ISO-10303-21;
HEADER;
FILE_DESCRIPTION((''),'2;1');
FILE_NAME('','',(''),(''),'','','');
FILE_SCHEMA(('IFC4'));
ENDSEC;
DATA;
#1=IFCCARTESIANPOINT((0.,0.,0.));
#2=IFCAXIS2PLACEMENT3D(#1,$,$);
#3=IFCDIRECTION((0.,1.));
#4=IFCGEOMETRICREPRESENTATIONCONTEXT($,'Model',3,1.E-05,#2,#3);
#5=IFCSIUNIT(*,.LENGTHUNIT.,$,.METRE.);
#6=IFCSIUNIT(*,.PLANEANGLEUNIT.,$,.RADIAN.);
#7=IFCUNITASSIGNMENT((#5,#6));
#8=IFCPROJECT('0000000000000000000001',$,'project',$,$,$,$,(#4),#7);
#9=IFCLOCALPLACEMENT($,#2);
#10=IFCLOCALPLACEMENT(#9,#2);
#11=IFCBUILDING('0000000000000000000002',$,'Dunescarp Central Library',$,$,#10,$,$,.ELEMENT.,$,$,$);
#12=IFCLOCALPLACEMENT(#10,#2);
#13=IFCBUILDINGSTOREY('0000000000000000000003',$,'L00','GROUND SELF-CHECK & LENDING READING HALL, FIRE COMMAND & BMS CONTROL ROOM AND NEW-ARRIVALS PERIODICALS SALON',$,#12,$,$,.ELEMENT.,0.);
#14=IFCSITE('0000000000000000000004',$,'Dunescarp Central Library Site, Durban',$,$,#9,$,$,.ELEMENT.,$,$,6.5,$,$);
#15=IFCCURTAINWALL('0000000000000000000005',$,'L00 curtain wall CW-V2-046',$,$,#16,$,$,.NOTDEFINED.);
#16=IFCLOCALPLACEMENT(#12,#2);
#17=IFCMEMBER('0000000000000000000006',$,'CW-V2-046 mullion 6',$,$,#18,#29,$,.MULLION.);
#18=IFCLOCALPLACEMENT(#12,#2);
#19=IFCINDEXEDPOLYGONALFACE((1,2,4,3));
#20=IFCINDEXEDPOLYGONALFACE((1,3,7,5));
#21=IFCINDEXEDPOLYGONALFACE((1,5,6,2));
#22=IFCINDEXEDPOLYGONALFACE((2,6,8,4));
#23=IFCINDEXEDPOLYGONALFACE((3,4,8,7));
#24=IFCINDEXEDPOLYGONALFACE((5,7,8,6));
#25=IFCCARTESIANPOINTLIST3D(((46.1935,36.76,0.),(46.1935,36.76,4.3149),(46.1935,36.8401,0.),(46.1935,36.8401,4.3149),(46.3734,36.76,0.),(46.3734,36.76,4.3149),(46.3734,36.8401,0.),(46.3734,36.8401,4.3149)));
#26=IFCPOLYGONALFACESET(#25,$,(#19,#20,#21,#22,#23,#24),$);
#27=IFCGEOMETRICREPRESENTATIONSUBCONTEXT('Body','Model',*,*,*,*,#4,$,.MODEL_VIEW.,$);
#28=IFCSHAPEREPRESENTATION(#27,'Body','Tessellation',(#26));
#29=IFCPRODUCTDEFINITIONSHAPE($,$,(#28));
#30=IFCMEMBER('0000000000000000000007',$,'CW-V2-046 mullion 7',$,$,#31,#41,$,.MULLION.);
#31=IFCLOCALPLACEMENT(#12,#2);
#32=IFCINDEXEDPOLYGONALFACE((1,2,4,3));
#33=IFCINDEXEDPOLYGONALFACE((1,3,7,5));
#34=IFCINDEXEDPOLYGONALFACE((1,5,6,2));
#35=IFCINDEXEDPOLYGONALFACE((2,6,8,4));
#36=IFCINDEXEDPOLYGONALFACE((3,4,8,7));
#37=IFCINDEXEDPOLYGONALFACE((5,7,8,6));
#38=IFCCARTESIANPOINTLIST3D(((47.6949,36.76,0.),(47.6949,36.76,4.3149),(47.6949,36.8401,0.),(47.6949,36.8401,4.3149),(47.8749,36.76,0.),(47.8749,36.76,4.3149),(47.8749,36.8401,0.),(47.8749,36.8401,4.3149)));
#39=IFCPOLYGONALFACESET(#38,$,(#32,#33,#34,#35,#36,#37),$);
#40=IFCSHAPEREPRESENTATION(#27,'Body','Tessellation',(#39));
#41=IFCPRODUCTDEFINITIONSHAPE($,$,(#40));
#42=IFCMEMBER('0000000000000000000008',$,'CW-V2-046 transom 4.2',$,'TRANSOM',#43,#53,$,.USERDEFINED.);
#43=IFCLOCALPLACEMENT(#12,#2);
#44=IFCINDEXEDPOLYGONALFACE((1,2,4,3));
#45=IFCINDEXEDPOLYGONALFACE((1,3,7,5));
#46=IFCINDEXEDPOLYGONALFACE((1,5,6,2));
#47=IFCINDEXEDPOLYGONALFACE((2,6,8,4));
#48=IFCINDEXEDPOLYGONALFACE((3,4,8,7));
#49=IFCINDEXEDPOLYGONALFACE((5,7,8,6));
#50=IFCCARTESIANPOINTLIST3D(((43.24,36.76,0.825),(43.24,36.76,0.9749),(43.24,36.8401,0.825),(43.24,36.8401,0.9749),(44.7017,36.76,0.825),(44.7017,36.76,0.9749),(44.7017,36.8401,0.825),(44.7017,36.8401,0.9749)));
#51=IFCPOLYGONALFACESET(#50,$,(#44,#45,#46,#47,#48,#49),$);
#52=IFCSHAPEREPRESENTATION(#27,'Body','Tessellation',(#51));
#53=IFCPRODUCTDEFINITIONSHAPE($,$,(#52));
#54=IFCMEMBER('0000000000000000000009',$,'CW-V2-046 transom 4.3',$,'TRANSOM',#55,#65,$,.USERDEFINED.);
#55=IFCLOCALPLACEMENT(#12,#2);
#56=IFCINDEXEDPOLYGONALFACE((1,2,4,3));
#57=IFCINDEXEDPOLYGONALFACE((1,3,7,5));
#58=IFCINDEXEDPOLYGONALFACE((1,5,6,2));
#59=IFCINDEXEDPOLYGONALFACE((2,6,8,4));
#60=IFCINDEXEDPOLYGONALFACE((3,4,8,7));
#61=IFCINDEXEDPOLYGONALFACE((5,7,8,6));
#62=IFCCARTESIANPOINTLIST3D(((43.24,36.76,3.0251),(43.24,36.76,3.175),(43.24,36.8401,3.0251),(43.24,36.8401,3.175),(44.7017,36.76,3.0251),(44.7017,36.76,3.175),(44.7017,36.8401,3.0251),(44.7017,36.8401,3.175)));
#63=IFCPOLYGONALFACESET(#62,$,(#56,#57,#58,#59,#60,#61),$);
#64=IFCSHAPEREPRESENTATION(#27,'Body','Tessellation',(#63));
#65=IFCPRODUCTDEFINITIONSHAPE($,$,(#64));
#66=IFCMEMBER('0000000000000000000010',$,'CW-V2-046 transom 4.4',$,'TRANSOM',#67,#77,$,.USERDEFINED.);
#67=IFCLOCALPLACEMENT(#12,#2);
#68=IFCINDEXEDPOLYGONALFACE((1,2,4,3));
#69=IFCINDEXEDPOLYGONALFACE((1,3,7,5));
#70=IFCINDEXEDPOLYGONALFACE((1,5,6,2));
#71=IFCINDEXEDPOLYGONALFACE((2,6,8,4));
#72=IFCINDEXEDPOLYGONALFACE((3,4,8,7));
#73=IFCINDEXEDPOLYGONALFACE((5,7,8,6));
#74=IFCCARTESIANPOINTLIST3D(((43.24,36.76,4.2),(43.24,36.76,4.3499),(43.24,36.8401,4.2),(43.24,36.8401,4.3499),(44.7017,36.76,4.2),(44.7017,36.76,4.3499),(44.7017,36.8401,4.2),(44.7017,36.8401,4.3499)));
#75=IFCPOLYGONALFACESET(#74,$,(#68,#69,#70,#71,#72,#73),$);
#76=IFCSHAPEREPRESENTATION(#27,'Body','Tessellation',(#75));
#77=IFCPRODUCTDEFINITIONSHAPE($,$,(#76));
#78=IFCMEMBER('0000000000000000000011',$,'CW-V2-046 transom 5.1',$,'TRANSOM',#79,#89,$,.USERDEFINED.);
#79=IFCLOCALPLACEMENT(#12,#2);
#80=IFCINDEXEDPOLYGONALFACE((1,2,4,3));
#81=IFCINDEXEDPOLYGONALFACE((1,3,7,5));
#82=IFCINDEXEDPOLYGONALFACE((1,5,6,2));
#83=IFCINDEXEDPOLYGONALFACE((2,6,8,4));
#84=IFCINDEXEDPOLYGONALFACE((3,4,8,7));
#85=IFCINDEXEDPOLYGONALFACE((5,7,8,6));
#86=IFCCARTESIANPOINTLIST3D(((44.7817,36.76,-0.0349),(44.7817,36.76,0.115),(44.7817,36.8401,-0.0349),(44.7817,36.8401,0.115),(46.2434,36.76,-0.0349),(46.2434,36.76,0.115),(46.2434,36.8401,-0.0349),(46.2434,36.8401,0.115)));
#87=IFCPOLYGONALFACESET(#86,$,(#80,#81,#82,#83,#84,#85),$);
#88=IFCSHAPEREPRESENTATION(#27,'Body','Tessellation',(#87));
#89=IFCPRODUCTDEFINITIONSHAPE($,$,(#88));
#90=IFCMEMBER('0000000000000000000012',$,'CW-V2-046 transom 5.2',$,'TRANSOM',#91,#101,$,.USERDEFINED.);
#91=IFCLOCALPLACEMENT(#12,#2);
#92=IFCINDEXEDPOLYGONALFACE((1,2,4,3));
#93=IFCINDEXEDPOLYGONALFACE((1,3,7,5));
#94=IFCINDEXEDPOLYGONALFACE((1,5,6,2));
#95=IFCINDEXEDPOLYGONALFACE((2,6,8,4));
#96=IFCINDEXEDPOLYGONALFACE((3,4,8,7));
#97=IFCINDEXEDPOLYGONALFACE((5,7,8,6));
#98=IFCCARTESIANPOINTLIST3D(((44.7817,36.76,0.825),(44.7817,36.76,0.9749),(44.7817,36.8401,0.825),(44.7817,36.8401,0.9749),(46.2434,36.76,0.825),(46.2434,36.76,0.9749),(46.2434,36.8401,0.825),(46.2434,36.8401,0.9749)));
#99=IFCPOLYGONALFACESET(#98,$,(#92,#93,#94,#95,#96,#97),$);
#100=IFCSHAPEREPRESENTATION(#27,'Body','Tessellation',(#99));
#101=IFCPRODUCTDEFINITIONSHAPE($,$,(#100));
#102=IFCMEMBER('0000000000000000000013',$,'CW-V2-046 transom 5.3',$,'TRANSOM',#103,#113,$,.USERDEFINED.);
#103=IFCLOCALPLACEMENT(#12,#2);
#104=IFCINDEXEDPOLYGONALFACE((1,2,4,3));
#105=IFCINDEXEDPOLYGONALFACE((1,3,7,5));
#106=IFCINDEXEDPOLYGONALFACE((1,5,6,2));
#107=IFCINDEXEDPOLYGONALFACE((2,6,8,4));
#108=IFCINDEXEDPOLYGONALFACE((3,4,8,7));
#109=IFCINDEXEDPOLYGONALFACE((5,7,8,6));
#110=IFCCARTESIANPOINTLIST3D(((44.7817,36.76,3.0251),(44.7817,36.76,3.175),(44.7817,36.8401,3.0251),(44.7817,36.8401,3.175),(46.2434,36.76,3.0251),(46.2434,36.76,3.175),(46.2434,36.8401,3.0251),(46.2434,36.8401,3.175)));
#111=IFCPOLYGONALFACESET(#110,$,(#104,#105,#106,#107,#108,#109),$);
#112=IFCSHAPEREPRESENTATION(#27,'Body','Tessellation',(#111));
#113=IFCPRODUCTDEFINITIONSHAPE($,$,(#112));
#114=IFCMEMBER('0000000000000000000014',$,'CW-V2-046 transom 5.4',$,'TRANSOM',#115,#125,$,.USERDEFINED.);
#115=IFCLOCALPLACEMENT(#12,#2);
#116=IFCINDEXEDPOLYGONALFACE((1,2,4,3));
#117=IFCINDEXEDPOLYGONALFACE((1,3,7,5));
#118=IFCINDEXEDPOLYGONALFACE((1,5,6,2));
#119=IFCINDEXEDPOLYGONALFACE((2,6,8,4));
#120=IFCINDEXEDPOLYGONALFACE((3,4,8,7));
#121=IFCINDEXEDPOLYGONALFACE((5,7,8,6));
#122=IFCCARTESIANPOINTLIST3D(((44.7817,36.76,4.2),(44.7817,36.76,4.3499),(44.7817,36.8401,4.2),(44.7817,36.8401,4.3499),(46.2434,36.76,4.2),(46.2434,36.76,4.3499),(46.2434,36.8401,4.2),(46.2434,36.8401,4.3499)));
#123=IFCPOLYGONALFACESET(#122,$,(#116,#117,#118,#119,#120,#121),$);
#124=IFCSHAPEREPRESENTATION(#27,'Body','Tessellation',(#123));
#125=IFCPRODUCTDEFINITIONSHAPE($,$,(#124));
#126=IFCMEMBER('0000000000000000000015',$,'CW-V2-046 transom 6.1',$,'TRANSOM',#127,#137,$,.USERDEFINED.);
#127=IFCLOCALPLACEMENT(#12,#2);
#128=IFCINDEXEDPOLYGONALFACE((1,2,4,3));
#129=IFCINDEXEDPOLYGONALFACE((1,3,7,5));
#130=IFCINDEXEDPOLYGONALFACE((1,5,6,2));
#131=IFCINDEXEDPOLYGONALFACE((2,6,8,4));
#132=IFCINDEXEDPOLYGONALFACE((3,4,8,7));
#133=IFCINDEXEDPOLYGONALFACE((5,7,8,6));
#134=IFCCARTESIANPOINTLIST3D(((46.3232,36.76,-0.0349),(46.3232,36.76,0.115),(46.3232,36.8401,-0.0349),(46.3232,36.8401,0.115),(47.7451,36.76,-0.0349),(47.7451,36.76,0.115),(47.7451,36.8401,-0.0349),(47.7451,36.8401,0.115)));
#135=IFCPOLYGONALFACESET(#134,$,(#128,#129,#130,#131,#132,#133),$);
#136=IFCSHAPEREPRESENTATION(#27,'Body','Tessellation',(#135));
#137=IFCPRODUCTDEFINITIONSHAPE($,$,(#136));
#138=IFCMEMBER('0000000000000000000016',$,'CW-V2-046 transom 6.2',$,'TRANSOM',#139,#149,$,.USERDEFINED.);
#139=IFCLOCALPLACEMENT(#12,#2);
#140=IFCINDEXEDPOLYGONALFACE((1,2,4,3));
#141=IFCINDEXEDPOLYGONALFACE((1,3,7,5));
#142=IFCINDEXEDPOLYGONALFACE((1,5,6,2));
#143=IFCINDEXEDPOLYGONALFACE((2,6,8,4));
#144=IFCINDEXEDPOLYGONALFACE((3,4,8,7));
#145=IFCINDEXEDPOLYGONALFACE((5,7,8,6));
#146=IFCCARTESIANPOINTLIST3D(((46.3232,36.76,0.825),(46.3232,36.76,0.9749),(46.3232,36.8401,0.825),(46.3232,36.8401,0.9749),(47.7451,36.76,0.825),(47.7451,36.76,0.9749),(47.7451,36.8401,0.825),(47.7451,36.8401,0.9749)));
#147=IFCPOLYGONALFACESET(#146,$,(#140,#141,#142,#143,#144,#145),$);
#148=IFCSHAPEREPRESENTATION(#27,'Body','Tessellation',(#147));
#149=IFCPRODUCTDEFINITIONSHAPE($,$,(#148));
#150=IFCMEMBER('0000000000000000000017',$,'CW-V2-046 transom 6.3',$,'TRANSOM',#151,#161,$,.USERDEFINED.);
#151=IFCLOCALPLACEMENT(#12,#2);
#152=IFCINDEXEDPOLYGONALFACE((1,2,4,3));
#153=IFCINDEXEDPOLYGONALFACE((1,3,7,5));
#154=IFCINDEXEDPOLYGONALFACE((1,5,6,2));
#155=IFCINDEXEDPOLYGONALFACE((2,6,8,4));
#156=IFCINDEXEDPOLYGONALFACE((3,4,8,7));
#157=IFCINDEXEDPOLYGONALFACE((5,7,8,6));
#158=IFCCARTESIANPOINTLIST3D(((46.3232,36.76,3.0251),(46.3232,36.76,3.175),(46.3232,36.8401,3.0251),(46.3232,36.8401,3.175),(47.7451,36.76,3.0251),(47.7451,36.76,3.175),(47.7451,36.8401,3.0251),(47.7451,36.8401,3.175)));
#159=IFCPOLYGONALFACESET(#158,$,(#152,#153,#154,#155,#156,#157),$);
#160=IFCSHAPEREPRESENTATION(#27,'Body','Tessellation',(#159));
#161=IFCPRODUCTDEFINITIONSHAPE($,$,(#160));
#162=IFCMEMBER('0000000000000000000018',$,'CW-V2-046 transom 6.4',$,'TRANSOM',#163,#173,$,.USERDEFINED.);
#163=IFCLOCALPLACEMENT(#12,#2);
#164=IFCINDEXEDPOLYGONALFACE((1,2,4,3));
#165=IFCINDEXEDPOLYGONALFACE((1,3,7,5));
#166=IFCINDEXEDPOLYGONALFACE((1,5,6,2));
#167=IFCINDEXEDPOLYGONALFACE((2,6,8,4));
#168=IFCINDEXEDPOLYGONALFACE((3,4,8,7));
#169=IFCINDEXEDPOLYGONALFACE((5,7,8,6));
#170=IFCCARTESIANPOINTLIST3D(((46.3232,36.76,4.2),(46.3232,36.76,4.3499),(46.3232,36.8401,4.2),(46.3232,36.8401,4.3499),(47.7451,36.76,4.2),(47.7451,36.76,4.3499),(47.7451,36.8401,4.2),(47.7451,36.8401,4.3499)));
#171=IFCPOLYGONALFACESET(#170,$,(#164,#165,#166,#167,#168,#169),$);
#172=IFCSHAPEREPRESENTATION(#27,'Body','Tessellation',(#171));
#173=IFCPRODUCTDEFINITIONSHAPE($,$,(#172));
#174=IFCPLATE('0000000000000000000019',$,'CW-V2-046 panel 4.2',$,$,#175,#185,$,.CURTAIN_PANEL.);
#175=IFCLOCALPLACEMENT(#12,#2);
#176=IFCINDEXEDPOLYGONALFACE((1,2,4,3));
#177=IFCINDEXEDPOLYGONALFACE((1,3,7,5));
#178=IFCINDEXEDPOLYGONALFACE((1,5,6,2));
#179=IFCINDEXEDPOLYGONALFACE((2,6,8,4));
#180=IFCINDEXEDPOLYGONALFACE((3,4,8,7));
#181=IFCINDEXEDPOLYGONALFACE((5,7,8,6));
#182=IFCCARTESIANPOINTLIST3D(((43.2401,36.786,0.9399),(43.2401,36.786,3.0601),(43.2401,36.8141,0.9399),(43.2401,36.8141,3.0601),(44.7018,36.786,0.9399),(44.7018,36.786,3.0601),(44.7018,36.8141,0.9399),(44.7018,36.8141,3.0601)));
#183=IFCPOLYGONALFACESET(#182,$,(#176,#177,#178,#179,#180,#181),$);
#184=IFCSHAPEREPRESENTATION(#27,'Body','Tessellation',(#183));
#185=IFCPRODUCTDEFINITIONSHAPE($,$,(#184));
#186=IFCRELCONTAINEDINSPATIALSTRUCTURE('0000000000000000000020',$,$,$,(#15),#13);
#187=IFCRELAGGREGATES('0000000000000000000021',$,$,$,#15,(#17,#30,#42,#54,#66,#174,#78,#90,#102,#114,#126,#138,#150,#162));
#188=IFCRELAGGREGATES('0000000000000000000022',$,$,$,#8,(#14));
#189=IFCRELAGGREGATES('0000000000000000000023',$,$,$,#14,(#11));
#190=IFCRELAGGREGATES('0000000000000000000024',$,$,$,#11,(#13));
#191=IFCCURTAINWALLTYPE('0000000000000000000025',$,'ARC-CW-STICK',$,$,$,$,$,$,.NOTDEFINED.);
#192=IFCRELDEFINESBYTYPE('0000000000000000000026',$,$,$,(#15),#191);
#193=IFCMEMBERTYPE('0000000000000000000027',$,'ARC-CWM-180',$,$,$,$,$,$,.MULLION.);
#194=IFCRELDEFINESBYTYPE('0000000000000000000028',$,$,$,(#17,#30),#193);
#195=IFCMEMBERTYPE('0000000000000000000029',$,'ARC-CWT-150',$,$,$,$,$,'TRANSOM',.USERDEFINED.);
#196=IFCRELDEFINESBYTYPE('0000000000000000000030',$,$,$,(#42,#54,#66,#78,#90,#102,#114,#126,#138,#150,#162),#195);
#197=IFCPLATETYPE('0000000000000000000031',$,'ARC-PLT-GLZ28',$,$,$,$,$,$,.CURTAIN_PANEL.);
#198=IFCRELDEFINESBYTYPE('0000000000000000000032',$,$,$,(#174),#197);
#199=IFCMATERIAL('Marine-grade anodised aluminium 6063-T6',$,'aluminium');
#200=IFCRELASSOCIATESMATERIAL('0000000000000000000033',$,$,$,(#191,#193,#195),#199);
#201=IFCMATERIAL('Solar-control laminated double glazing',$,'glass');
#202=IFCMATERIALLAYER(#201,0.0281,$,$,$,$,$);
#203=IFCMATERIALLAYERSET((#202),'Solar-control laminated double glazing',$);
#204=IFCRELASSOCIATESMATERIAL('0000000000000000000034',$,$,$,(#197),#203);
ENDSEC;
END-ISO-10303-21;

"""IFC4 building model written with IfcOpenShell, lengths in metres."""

from ifc_helpers import new_model, si_unit, direction, frame, origin, origin_2d, place, context, subcontext, project, spatial, rectangle, extrude, material, layer, layer_set, material_profile, profile_set, type_object, element, aggregate, save


model = new_model("IFC4")

# Units and contexts
model_context = context("Model", 3, precision=1e-05, world=origin(), true_north=direction((0.0, 1.0)))
body_context = subcontext(model_context, "Body", "Model", "MODEL_VIEW")
ifc_project = project(units=[si_unit("LENGTHUNIT", "METRE"), si_unit("PLANEANGLEUNIT", "RADIAN")], contexts=[model_context])

# Site, building, storey
site_placement = place(None, origin())
site = spatial("IfcSite", under=ifc_project, at=site_placement, Name="Dunescarp Central Library Site, Durban", CompositionType="ELEMENT", RefElevation=6.5)
building_placement = place(site_placement, origin())
building = spatial("IfcBuilding", under=site, at=building_placement, Name="Dunescarp Central Library", CompositionType="ELEMENT")
storey_placement = place(building_placement, origin())
storey = spatial("IfcBuildingStorey", under=building, at=storey_placement, Name="L00", Description="GROUND SELF-CHECK & LENDING READING HALL, FIRE COMMAND & BMS CONTROL ROOM AND NEW-ARRIVALS PERIODICALS SALON", CompositionType="ELEMENT", Elevation=0.0)

# Curtain wall, members, plate
ifc_material_1 = material(Name="Marine-grade anodised aluminium 6063-T6", Category="aluminium")
curtain_wall_type = type_object("IfcCurtainWallType", Name="ARC-CW-STICK", PredefinedType="NOTDEFINED", material=ifc_material_1)
curtain_wall_placement = place(storey_placement, origin())
curtain_wall = element("IfcCurtainWall", 1, at=curtain_wall_placement, inside=storey, type_object=curtain_wall_type, Name="L00 curtain wall CW-V2-046", PredefinedType="NOTDEFINED")
ifc_material_profile_1 = material_profile(ifc_material_1, rectangle(XDim=0.0801, YDim=0.1799, at=origin_2d()), Name="AL 80x180")
ifc_profile_set_1 = profile_set([ifc_material_profile_1], Name="Marine-grade anodised aluminium 6063-T6")
member_type_1 = type_object("IfcMemberType", Name="ARC-CWM-180", PredefinedType="MULLION", material=ifc_profile_set_1)
member_1_placement = place(storey_placement, frame((46.2834, 36.8, 0.0), z_axis=(0.0, 0.0, 1.0), x_axis=(0.0, 1.0, 0.0)))
member_1 = element("IfcMember", 2, at=member_1_placement, type_object=member_type_1, Name="CW-V2-046 mullion 6", PredefinedType="MULLION", context=body_context, shape_type="SweptSolid", body=[
    extrude(rectangle(XDim=0.0801, YDim=0.1799, at=origin_2d()), origin(), (0.0, 0.0, 1.0), 4.3149),
])
member_2_placement = place(storey_placement, frame((47.7849, 36.8, 0.0), z_axis=(0.0, 0.0, 1.0), x_axis=(0.0, 1.0, 0.0)))
member_2 = element("IfcMember", 3, at=member_2_placement, type_object=member_type_1, Name="CW-V2-046 mullion 7", PredefinedType="MULLION", context=body_context, shape_type="SweptSolid", body=[
    extrude(rectangle(XDim=0.0801, YDim=0.1799, at=origin_2d()), origin(), (0.0, 0.0, 1.0), 4.3149),
])
ifc_material_profile_2 = material_profile(ifc_material_1, rectangle(XDim=0.0801, YDim=0.1499, at=origin_2d()), Name="AL 80x150")
ifc_profile_set_2 = profile_set([ifc_material_profile_2], Name="Marine-grade anodised aluminium 6063-T6")
member_type_2 = type_object("IfcMemberType", Name="ARC-CWT-150", ElementType="TRANSOM", PredefinedType="USERDEFINED", material=ifc_profile_set_2)
member_3_placement = place(storey_placement, frame((43.24, 36.8, 0.8999), z_axis=(1.0, 0.0, 0.0), x_axis=(0.0, 1.0, 0.0)))
member_3 = element("IfcMember", 4, at=member_3_placement, type_object=member_type_2, Name="CW-V2-046 transom 4.2", ObjectType="TRANSOM", PredefinedType="USERDEFINED", context=body_context, shape_type="SweptSolid", body=[
    extrude(rectangle(XDim=0.0801, YDim=0.1499, at=origin_2d()), origin(), (0.0, 0.0, 1.0), 1.4617),
])
member_4_placement = place(storey_placement, frame((43.24, 36.8, 3.1001), z_axis=(1.0, 0.0, 0.0), x_axis=(0.0, 1.0, 0.0)))
member_4 = element("IfcMember", 5, at=member_4_placement, type_object=member_type_2, Name="CW-V2-046 transom 4.3", ObjectType="TRANSOM", PredefinedType="USERDEFINED", context=body_context, shape_type="SweptSolid", body=[
    extrude(rectangle(XDim=0.0801, YDim=0.1499, at=origin_2d()), origin(), (0.0, 0.0, 1.0), 1.4617),
])
member_5_placement = place(storey_placement, frame((43.24, 36.8, 4.2749), z_axis=(1.0, 0.0, 0.0), x_axis=(0.0, 1.0, 0.0)))
member_5 = element("IfcMember", 6, at=member_5_placement, type_object=member_type_2, Name="CW-V2-046 transom 4.4", ObjectType="TRANSOM", PredefinedType="USERDEFINED", context=body_context, shape_type="SweptSolid", body=[
    extrude(rectangle(XDim=0.0801, YDim=0.1499, at=origin_2d()), origin(), (0.0, 0.0, 1.0), 1.4617),
])
member_6_placement = place(storey_placement, frame((44.7817, 36.8, 0.04), z_axis=(1.0, 0.0, 0.0), x_axis=(0.0, 1.0, 0.0)))
member_6 = element("IfcMember", 7, at=member_6_placement, type_object=member_type_2, Name="CW-V2-046 transom 5.1", ObjectType="TRANSOM", PredefinedType="USERDEFINED", context=body_context, shape_type="SweptSolid", body=[
    extrude(rectangle(XDim=0.0801, YDim=0.1499, at=origin_2d()), origin(), (0.0, 0.0, 1.0), 1.4617),
])
member_7_placement = place(storey_placement, frame((44.7817, 36.8, 0.8999), z_axis=(1.0, 0.0, 0.0), x_axis=(0.0, 1.0, 0.0)))
member_7 = element("IfcMember", 8, at=member_7_placement, type_object=member_type_2, Name="CW-V2-046 transom 5.2", ObjectType="TRANSOM", PredefinedType="USERDEFINED", context=body_context, shape_type="SweptSolid", body=[
    extrude(rectangle(XDim=0.0801, YDim=0.1499, at=origin_2d()), origin(), (0.0, 0.0, 1.0), 1.4617),
])
member_8_placement = place(storey_placement, frame((44.7817, 36.8, 3.1001), z_axis=(1.0, 0.0, 0.0), x_axis=(0.0, 1.0, 0.0)))
member_8 = element("IfcMember", 9, at=member_8_placement, type_object=member_type_2, Name="CW-V2-046 transom 5.3", ObjectType="TRANSOM", PredefinedType="USERDEFINED", context=body_context, shape_type="SweptSolid", body=[
    extrude(rectangle(XDim=0.0801, YDim=0.1499, at=origin_2d()), origin(), (0.0, 0.0, 1.0), 1.4617),
])
member_9_placement = place(storey_placement, frame((44.7817, 36.8, 4.2749), z_axis=(1.0, 0.0, 0.0), x_axis=(0.0, 1.0, 0.0)))
member_9 = element("IfcMember", 10, at=member_9_placement, type_object=member_type_2, Name="CW-V2-046 transom 5.4", ObjectType="TRANSOM", PredefinedType="USERDEFINED", context=body_context, shape_type="SweptSolid", body=[
    extrude(rectangle(XDim=0.0801, YDim=0.1499, at=origin_2d()), origin(), (0.0, 0.0, 1.0), 1.4617),
])
member_10_placement = place(storey_placement, frame((46.3232, 36.8, 0.04), z_axis=(1.0, 0.0, 0.0), x_axis=(0.0, 1.0, 0.0)))
member_10 = element("IfcMember", 11, at=member_10_placement, type_object=member_type_2, Name="CW-V2-046 transom 6.1", ObjectType="TRANSOM", PredefinedType="USERDEFINED", context=body_context, shape_type="SweptSolid", body=[
    extrude(rectangle(XDim=0.0801, YDim=0.1499, at=origin_2d()), origin(), (0.0, 0.0, 1.0), 1.4219),
])
member_11_placement = place(storey_placement, frame((46.3232, 36.8, 0.8999), z_axis=(1.0, 0.0, 0.0), x_axis=(0.0, 1.0, 0.0)))
member_11 = element("IfcMember", 12, at=member_11_placement, type_object=member_type_2, Name="CW-V2-046 transom 6.2", ObjectType="TRANSOM", PredefinedType="USERDEFINED", context=body_context, shape_type="SweptSolid", body=[
    extrude(rectangle(XDim=0.0801, YDim=0.1499, at=origin_2d()), origin(), (0.0, 0.0, 1.0), 1.4219),
])
member_12_placement = place(storey_placement, frame((46.3232, 36.8, 3.1001), z_axis=(1.0, 0.0, 0.0), x_axis=(0.0, 1.0, 0.0)))
member_12 = element("IfcMember", 13, at=member_12_placement, type_object=member_type_2, Name="CW-V2-046 transom 6.3", ObjectType="TRANSOM", PredefinedType="USERDEFINED", context=body_context, shape_type="SweptSolid", body=[
    extrude(rectangle(XDim=0.0801, YDim=0.1499, at=origin_2d()), origin(), (0.0, 0.0, 1.0), 1.4219),
])
member_13_placement = place(storey_placement, frame((46.3232, 36.8, 4.2749), z_axis=(1.0, 0.0, 0.0), x_axis=(0.0, 1.0, 0.0)))
member_13 = element("IfcMember", 14, at=member_13_placement, type_object=member_type_2, Name="CW-V2-046 transom 6.4", ObjectType="TRANSOM", PredefinedType="USERDEFINED", context=body_context, shape_type="SweptSolid", body=[
    extrude(rectangle(XDim=0.0801, YDim=0.1499, at=origin_2d()), origin(), (0.0, 0.0, 1.0), 1.4219),
])
ifc_material_2 = material(Name="Solar-control laminated double glazing", Category="glass")
ifc_layer_1 = layer(ifc_material_2, 0.0281)
ifc_layer_set_1 = layer_set([ifc_layer_1], Name="Solar-control laminated double glazing")
plate_type_1 = type_object("IfcPlateType", Name="ARC-PLT-GLZ28", PredefinedType="CURTAIN_PANEL", material=ifc_layer_set_1)
plate_1_placement = place(storey_placement, frame((43.9709, 36.8, 0.9399), z_axis=(0.0, 0.0, 1.0), x_axis=(1.0, 0.0, 0.0)))
plate_1 = element("IfcPlate", 15, at=plate_1_placement, type_object=plate_type_1, Name="CW-V2-046 panel 4.2", PredefinedType="CURTAIN_PANEL", context=body_context, shape_type="SweptSolid", body=[
    extrude(rectangle(XDim=1.4617, YDim=0.0281, at=origin_2d()), origin(), (0.0, 0.0, 1.0), 2.1201),
])
aggregate(curtain_wall, [member_1, member_2, member_3, member_4, member_5, plate_1, member_6, member_7, member_8, member_9, member_10, member_11, member_12, member_13])

save(model, "model.ifc")
